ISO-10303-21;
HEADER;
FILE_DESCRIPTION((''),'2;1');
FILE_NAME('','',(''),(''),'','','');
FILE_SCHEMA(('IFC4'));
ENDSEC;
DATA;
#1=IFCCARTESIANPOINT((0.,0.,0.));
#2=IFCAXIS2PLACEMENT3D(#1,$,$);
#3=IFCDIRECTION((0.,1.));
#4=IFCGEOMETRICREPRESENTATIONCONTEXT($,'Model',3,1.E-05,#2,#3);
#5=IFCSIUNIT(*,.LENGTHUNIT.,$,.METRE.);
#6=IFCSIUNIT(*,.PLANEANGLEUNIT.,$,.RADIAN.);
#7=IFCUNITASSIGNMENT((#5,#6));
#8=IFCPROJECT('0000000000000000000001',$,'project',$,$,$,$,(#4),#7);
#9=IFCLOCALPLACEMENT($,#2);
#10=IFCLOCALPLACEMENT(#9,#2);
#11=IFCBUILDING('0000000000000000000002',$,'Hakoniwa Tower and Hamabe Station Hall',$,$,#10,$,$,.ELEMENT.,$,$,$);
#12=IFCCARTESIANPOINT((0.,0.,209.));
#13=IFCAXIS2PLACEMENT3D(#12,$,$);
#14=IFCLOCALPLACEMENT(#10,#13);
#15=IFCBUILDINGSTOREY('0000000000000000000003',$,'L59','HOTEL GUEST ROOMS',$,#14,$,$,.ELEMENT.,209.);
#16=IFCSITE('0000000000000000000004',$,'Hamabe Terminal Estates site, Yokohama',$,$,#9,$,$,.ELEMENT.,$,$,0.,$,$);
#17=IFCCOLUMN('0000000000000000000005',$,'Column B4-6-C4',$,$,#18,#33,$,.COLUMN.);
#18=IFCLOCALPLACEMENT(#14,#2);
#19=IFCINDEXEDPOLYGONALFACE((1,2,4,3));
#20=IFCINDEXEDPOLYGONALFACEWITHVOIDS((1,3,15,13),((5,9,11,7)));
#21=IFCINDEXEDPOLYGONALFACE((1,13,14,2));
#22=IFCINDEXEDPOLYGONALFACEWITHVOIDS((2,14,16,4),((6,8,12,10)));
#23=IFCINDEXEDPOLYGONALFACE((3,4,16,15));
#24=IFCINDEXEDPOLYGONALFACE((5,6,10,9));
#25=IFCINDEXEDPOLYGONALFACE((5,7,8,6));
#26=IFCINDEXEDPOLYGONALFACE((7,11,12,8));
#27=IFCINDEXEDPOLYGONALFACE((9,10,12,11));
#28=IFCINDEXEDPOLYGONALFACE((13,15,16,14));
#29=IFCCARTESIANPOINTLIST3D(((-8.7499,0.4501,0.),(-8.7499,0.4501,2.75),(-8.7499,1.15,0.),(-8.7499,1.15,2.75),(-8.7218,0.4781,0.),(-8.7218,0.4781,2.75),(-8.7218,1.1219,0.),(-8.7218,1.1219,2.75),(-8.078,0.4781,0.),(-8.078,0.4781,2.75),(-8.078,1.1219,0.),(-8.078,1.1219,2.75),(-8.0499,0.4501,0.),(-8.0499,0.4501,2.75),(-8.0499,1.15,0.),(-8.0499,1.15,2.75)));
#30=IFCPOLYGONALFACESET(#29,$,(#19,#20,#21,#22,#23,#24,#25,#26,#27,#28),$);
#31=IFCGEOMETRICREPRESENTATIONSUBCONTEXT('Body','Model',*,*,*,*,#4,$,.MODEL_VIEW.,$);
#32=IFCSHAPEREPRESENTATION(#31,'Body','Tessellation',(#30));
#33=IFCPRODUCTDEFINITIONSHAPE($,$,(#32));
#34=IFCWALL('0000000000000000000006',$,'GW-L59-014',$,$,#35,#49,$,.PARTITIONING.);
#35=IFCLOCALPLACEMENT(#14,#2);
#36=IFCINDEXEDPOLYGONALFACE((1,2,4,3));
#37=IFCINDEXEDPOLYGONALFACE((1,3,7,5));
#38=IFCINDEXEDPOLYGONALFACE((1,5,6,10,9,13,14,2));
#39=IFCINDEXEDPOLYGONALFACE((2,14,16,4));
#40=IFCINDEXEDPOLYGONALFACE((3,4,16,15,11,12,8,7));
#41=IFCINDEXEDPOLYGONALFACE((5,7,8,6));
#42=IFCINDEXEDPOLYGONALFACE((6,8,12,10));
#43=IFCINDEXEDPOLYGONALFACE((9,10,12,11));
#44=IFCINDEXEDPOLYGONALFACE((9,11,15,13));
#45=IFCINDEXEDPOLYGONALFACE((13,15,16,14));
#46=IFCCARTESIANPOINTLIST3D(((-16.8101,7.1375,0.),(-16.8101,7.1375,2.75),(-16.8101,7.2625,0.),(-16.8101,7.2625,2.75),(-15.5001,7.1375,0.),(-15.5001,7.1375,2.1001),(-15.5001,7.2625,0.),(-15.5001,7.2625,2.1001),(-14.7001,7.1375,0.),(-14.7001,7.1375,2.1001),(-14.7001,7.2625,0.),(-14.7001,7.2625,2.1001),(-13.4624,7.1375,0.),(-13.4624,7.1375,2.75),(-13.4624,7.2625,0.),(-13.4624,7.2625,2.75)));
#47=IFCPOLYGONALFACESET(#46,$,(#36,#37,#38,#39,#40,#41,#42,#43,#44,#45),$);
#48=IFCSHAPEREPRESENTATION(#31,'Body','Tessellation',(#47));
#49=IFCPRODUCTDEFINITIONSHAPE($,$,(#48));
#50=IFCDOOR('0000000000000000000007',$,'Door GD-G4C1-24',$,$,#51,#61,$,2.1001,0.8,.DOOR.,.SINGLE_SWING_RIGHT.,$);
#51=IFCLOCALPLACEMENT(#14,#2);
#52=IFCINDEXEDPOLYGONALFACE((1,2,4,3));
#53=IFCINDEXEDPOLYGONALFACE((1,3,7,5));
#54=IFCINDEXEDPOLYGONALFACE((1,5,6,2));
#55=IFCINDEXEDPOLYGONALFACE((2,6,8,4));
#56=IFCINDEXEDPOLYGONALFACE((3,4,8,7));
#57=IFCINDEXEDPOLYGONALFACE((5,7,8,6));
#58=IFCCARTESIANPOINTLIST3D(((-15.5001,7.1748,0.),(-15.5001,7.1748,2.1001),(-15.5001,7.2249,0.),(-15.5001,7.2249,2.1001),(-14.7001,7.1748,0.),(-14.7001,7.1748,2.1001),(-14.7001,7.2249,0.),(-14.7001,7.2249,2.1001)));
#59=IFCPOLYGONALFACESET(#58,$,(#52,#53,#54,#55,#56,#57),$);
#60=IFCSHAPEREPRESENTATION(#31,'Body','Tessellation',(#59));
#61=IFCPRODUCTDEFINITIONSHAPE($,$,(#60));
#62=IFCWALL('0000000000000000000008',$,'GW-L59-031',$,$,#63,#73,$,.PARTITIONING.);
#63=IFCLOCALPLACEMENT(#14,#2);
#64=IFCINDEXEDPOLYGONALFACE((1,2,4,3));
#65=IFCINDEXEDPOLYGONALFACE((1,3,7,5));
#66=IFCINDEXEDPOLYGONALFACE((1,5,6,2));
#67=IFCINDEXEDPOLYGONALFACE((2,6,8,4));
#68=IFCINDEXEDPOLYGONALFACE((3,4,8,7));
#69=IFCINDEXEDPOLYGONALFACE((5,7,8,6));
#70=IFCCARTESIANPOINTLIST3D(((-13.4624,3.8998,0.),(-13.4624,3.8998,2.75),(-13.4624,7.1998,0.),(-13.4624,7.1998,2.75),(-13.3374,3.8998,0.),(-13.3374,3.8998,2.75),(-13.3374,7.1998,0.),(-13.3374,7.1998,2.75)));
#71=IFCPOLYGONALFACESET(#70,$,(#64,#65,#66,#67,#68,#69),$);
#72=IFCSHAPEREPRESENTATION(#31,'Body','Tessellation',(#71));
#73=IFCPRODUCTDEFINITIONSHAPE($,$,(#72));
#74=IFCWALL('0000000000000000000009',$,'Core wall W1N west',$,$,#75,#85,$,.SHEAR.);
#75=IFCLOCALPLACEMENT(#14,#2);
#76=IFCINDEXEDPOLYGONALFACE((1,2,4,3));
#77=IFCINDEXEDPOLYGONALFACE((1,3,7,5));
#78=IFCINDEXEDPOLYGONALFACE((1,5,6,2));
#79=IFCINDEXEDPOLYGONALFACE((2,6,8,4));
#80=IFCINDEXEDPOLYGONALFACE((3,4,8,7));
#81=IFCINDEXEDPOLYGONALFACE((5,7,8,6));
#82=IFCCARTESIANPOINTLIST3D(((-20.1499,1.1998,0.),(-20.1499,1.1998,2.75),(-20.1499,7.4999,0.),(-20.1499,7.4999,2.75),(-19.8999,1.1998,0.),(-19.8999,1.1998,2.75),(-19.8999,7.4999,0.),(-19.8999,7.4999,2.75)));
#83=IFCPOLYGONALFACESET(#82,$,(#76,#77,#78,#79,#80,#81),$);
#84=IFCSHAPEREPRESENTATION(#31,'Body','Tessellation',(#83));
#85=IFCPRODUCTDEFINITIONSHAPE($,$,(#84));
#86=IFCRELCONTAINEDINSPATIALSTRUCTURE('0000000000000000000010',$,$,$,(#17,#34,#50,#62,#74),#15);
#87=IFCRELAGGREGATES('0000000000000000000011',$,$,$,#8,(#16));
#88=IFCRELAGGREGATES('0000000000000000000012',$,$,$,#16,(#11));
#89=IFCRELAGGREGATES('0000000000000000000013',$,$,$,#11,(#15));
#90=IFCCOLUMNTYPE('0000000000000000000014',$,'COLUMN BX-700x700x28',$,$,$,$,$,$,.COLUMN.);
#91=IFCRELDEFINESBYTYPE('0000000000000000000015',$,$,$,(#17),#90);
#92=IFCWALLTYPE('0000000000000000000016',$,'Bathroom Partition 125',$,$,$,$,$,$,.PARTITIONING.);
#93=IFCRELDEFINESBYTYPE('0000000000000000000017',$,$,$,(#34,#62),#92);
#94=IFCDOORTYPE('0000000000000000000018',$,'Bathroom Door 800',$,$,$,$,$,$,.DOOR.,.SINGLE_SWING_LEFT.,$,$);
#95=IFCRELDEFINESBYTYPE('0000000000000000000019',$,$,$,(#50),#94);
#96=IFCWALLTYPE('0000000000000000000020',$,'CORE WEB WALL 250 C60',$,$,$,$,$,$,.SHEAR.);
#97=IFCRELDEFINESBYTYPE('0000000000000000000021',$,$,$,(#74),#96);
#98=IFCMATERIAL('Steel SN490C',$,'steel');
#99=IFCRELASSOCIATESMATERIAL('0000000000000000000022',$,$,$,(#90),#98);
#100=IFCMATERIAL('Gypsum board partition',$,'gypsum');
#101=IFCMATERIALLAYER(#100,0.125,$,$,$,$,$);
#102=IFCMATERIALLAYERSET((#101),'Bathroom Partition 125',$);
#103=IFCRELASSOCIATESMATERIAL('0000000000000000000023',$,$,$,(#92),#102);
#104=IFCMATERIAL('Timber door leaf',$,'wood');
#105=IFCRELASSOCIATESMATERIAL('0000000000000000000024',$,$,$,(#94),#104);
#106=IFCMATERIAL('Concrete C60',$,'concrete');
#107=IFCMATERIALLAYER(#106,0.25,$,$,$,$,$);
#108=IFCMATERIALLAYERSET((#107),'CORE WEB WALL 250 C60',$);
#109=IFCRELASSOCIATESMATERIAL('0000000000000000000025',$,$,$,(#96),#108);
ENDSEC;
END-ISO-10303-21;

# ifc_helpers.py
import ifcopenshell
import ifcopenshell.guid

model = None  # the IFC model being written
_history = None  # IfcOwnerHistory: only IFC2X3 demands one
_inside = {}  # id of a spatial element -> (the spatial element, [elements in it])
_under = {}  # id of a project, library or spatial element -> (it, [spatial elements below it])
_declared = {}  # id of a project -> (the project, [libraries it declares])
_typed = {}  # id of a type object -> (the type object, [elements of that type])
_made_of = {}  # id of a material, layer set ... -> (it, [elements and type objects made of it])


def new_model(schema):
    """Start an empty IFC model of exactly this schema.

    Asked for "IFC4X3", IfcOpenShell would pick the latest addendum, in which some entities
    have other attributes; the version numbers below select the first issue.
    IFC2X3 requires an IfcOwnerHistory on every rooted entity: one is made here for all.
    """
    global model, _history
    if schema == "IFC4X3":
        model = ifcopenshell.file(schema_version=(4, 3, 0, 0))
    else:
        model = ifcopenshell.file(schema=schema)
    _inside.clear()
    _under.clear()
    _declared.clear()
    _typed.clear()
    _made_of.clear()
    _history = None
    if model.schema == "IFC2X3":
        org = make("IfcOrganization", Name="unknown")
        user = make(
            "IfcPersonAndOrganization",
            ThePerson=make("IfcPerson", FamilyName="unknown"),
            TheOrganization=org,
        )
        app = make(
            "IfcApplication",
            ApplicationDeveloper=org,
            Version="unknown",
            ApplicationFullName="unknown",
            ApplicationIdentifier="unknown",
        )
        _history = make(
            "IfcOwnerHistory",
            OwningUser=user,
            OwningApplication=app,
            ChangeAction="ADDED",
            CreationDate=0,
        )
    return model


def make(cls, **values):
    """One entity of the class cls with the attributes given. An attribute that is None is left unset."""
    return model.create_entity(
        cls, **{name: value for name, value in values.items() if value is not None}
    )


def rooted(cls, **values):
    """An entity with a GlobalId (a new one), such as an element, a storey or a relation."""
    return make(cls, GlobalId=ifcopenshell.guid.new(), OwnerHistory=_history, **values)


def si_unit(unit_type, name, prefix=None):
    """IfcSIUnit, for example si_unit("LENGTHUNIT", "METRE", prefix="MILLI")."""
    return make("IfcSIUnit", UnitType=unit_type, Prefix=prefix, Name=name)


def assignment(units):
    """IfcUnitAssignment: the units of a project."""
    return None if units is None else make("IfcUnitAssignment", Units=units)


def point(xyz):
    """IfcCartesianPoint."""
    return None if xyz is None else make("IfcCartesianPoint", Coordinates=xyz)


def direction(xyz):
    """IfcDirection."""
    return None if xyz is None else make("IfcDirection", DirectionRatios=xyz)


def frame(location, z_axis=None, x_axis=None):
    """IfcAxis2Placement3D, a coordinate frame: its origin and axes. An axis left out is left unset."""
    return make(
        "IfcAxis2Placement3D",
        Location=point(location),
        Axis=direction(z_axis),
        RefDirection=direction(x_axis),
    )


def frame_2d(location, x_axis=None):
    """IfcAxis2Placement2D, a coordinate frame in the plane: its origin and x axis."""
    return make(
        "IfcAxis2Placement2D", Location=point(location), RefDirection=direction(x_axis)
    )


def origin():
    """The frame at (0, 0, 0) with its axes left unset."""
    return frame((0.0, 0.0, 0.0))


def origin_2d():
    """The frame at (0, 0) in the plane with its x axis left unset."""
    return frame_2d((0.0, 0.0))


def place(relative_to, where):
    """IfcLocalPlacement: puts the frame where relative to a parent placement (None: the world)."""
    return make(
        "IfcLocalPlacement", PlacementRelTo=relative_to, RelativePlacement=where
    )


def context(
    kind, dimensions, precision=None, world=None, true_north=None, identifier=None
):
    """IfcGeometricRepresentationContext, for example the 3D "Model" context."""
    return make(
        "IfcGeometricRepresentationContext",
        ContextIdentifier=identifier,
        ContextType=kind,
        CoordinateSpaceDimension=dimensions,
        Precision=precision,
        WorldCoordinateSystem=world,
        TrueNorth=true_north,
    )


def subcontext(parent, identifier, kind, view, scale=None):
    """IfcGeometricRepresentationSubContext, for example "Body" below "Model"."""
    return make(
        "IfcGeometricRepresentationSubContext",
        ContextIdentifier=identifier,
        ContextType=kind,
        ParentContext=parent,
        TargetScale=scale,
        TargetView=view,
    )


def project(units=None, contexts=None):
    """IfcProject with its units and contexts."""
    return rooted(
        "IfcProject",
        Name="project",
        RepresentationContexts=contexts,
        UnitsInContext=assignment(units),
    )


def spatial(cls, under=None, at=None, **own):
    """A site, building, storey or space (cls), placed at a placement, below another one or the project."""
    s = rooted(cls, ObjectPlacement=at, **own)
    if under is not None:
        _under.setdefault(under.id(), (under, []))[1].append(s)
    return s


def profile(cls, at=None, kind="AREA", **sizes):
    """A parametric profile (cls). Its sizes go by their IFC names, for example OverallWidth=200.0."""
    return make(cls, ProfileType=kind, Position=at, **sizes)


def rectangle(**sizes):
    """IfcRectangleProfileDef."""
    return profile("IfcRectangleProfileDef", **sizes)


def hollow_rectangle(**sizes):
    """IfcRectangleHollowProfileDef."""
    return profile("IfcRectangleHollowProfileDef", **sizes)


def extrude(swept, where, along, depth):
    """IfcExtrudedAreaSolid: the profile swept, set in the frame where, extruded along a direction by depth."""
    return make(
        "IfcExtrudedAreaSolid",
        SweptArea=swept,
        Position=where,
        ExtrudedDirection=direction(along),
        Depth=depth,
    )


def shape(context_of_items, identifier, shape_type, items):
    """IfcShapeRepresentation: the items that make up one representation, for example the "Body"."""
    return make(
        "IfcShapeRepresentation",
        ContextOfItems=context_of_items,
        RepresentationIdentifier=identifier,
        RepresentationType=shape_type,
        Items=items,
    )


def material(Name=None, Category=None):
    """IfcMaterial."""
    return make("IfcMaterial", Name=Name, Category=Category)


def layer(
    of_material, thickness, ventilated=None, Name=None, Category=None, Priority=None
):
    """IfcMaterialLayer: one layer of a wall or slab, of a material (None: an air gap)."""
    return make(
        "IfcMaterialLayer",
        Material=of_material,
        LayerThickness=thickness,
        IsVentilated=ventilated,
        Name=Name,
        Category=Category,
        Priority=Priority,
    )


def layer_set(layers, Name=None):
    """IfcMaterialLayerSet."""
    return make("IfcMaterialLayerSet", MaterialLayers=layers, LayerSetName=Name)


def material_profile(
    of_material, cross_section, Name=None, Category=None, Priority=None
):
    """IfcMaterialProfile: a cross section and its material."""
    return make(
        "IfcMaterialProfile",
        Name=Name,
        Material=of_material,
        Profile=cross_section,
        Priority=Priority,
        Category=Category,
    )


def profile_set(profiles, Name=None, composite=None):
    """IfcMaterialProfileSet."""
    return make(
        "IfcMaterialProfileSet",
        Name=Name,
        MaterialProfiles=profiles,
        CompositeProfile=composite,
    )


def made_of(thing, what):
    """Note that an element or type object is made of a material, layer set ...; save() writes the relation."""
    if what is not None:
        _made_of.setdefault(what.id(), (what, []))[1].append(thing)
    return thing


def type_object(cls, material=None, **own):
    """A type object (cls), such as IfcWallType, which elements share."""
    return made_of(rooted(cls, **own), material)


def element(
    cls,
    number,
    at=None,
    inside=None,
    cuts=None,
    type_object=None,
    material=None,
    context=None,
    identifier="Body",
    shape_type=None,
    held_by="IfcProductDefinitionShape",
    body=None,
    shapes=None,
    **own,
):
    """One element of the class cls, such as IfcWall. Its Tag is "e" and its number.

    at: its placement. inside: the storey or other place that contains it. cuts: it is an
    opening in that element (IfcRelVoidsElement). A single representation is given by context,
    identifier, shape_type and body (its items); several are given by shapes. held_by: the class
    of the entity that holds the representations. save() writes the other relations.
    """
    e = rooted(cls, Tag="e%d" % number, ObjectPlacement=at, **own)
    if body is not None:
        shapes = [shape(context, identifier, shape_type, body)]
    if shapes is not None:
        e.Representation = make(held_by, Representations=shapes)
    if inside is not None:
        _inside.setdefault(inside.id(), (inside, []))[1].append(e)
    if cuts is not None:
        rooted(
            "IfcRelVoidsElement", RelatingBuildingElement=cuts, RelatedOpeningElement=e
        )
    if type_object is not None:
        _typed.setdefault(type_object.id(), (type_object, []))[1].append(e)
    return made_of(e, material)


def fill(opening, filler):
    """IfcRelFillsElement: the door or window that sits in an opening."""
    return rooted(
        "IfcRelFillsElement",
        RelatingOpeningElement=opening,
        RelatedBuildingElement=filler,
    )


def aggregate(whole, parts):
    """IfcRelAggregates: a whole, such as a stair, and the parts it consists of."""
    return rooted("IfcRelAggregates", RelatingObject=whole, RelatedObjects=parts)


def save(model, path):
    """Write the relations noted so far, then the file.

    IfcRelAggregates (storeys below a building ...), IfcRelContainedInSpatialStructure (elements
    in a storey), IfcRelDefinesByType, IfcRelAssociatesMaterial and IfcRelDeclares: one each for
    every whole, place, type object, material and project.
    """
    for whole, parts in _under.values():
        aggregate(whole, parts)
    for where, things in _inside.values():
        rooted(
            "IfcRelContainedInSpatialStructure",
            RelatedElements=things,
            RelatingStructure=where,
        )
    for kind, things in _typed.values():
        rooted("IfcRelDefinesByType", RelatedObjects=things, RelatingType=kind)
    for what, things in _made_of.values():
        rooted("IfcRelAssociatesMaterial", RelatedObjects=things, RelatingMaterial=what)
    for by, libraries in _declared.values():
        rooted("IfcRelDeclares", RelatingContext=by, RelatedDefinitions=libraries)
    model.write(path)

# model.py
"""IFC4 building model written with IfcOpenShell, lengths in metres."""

from ifc_helpers import new_model, si_unit, direction, frame, frame_2d, origin, origin_2d, place, context, subcontext, project, spatial, rectangle, hollow_rectangle, extrude, material, layer, layer_set, material_profile, profile_set, type_object, element, fill, save


model = new_model("IFC4")

# Units and contexts
model_context = context("Model", 3, precision=1e-05, world=origin(), true_north=direction((0.0, 1.0)))
body_context = subcontext(model_context, "Body", "Model", "MODEL_VIEW")
ifc_project = project(units=[si_unit("LENGTHUNIT", "METRE"), si_unit("PLANEANGLEUNIT", "RADIAN")], contexts=[model_context])

# Site, building, storey
site_placement = place(None, origin())
site = spatial("IfcSite", under=ifc_project, at=site_placement, Name="Hamabe Terminal Estates site, Yokohama", CompositionType="ELEMENT", RefElevation=0.0)
building_placement = place(site_placement, origin())
building = spatial("IfcBuilding", under=site, at=building_placement, Name="Hakoniwa Tower and Hamabe Station Hall", CompositionType="ELEMENT")
storey_placement = place(building_placement, frame((0.0, 0.0, 209.0)))
storey = spatial("IfcBuildingStorey", under=building, at=storey_placement, Name="L59", Description="HOTEL GUEST ROOMS", CompositionType="ELEMENT", Elevation=209.0)

# Column
ifc_material_1 = material(Name="Steel SN490C", Category="steel")
ifc_material_profile = material_profile(ifc_material_1, hollow_rectangle(XDim=0.7, YDim=0.7, WallThickness=0.0281, at=origin_2d()), Name="BX-700x700x28")
ifc_profile_set = profile_set([ifc_material_profile], Name="Steel SN490C")
column_type = type_object("IfcColumnType", Name="COLUMN BX-700x700x28", PredefinedType="COLUMN", material=ifc_profile_set)
column_placement = place(storey_placement, frame((-8.3999, 0.8, 0.0), z_axis=(0.0, 0.0, 1.0), x_axis=(1.0, 0.0, 0.0)))
element("IfcColumn", 1, at=column_placement, inside=storey, type_object=column_type, Name="Column B4-6-C4", PredefinedType="COLUMN", context=body_context, shape_type="SweptSolid", body=[
    extrude(hollow_rectangle(XDim=0.7, YDim=0.7, WallThickness=0.0281, at=origin_2d()), origin(), (0.0, 0.0, 1.0), 2.75),
])

# Wall, opening, door
ifc_material_2 = material(Name="Gypsum board partition", Category="gypsum")
ifc_layer_1 = layer(ifc_material_2, 0.125)
ifc_layer_set_1 = layer_set([ifc_layer_1], Name="Bathroom Partition 125")
wall_type_1 = type_object("IfcWallType", Name="Bathroom Partition 125", PredefinedType="PARTITIONING", material=ifc_layer_set_1)
wall_1_placement = place(storey_placement, frame((-16.8101, 7.2, 0.0), z_axis=(0.0, 0.0, 1.0), x_axis=(1.0, 0.0, 0.0)))
wall_1 = element("IfcWall", 2, at=wall_1_placement, inside=storey, type_object=wall_type_1, Name="GW-L59-014", PredefinedType="PARTITIONING", context=body_context, shape_type="SweptSolid", body=[
    extrude(rectangle(XDim=3.3477, YDim=0.125, at=frame_2d((1.6738, 0.0))), origin(), (0.0, 0.0, 1.0), 2.75),
])
opening_1_placement = place(wall_1_placement, frame((1.3101, 0.0, 0.0)))
opening_1 = element("IfcOpeningElement", 3, at=opening_1_placement, cuts=wall_1, PredefinedType="OPENING", context=body_context, shape_type="SweptSolid", body=[
    extrude(rectangle(XDim=0.8, YDim=2.1001, at=frame_2d((0.3999, 1.05))), frame((0.0, 0.0725, 0.0), z_axis=(0.0, -1.0, 0.0), x_axis=(1.0, 0.0, 0.0)), (0.0, 0.0, 1.0), 0.145),
])
ifc_material_3 = material(Name="Timber door leaf", Category="wood")
door_type_1 = type_object("IfcDoorType", Name="Bathroom Door 800", OperationType="SINGLE_SWING_LEFT", PredefinedType="DOOR", material=ifc_material_3)
door_1_placement = place(opening_1_placement, origin())
door_1 = element("IfcDoor", 4, at=door_1_placement, inside=storey, type_object=door_type_1, Name="Door GD-G4C1-24", OperationType="SINGLE_SWING_RIGHT", OverallHeight=2.1001, OverallWidth=0.8, PredefinedType="DOOR", context=body_context, shape_type="SweptSolid", body=[
    extrude(rectangle(XDim=0.8, YDim=2.1001, at=frame_2d((0.3999, 1.05))), frame((0.0, 0.0249, 0.0), z_axis=(0.0, -1.0, 0.0), x_axis=(1.0, 0.0, 0.0)), (0.0, 0.0, 1.0), 0.05),
])
fill(opening_1, door_1)

# Walls
wall_2_placement = place(storey_placement, frame((-13.3999, 3.8999, 0.0), z_axis=(0.0, 0.0, 1.0), x_axis=(0.0, 1.0, 0.0)))
element("IfcWall", 5, at=wall_2_placement, inside=storey, type_object=wall_type_1, Name="GW-L59-031", PredefinedType="PARTITIONING", context=body_context, shape_type="SweptSolid", body=[
    extrude(rectangle(XDim=3.3, YDim=0.125, at=frame_2d((1.6499, 0.0))), origin(), (0.0, 0.0, 1.0), 2.75),
])
ifc_material_4 = material(Name="Concrete C60", Category="concrete")
ifc_layer_2 = layer(ifc_material_4, 0.25)
ifc_layer_set_2 = layer_set([ifc_layer_2], Name="CORE WEB WALL 250 C60")
wall_type_2 = type_object("IfcWallType", Name="CORE WEB WALL 250 C60", PredefinedType="SHEAR", material=ifc_layer_set_2)
wall_3_placement = place(storey_placement, frame((-20.0249, 1.2, 0.0), z_axis=(0.0, 0.0, 1.0), x_axis=(0.0, 1.0, 0.0)))
element("IfcWall", 6, at=wall_3_placement, inside=storey, type_object=wall_type_2, Name="Core wall W1N west", PredefinedType="SHEAR", context=body_context, shape_type="SweptSolid", body=[
    extrude(rectangle(XDim=6.3, YDim=0.25, at=frame_2d((3.1499, 0.0))), origin(), (0.0, 0.0, 1.0), 2.75),
])

save(model, "model.ifc")
